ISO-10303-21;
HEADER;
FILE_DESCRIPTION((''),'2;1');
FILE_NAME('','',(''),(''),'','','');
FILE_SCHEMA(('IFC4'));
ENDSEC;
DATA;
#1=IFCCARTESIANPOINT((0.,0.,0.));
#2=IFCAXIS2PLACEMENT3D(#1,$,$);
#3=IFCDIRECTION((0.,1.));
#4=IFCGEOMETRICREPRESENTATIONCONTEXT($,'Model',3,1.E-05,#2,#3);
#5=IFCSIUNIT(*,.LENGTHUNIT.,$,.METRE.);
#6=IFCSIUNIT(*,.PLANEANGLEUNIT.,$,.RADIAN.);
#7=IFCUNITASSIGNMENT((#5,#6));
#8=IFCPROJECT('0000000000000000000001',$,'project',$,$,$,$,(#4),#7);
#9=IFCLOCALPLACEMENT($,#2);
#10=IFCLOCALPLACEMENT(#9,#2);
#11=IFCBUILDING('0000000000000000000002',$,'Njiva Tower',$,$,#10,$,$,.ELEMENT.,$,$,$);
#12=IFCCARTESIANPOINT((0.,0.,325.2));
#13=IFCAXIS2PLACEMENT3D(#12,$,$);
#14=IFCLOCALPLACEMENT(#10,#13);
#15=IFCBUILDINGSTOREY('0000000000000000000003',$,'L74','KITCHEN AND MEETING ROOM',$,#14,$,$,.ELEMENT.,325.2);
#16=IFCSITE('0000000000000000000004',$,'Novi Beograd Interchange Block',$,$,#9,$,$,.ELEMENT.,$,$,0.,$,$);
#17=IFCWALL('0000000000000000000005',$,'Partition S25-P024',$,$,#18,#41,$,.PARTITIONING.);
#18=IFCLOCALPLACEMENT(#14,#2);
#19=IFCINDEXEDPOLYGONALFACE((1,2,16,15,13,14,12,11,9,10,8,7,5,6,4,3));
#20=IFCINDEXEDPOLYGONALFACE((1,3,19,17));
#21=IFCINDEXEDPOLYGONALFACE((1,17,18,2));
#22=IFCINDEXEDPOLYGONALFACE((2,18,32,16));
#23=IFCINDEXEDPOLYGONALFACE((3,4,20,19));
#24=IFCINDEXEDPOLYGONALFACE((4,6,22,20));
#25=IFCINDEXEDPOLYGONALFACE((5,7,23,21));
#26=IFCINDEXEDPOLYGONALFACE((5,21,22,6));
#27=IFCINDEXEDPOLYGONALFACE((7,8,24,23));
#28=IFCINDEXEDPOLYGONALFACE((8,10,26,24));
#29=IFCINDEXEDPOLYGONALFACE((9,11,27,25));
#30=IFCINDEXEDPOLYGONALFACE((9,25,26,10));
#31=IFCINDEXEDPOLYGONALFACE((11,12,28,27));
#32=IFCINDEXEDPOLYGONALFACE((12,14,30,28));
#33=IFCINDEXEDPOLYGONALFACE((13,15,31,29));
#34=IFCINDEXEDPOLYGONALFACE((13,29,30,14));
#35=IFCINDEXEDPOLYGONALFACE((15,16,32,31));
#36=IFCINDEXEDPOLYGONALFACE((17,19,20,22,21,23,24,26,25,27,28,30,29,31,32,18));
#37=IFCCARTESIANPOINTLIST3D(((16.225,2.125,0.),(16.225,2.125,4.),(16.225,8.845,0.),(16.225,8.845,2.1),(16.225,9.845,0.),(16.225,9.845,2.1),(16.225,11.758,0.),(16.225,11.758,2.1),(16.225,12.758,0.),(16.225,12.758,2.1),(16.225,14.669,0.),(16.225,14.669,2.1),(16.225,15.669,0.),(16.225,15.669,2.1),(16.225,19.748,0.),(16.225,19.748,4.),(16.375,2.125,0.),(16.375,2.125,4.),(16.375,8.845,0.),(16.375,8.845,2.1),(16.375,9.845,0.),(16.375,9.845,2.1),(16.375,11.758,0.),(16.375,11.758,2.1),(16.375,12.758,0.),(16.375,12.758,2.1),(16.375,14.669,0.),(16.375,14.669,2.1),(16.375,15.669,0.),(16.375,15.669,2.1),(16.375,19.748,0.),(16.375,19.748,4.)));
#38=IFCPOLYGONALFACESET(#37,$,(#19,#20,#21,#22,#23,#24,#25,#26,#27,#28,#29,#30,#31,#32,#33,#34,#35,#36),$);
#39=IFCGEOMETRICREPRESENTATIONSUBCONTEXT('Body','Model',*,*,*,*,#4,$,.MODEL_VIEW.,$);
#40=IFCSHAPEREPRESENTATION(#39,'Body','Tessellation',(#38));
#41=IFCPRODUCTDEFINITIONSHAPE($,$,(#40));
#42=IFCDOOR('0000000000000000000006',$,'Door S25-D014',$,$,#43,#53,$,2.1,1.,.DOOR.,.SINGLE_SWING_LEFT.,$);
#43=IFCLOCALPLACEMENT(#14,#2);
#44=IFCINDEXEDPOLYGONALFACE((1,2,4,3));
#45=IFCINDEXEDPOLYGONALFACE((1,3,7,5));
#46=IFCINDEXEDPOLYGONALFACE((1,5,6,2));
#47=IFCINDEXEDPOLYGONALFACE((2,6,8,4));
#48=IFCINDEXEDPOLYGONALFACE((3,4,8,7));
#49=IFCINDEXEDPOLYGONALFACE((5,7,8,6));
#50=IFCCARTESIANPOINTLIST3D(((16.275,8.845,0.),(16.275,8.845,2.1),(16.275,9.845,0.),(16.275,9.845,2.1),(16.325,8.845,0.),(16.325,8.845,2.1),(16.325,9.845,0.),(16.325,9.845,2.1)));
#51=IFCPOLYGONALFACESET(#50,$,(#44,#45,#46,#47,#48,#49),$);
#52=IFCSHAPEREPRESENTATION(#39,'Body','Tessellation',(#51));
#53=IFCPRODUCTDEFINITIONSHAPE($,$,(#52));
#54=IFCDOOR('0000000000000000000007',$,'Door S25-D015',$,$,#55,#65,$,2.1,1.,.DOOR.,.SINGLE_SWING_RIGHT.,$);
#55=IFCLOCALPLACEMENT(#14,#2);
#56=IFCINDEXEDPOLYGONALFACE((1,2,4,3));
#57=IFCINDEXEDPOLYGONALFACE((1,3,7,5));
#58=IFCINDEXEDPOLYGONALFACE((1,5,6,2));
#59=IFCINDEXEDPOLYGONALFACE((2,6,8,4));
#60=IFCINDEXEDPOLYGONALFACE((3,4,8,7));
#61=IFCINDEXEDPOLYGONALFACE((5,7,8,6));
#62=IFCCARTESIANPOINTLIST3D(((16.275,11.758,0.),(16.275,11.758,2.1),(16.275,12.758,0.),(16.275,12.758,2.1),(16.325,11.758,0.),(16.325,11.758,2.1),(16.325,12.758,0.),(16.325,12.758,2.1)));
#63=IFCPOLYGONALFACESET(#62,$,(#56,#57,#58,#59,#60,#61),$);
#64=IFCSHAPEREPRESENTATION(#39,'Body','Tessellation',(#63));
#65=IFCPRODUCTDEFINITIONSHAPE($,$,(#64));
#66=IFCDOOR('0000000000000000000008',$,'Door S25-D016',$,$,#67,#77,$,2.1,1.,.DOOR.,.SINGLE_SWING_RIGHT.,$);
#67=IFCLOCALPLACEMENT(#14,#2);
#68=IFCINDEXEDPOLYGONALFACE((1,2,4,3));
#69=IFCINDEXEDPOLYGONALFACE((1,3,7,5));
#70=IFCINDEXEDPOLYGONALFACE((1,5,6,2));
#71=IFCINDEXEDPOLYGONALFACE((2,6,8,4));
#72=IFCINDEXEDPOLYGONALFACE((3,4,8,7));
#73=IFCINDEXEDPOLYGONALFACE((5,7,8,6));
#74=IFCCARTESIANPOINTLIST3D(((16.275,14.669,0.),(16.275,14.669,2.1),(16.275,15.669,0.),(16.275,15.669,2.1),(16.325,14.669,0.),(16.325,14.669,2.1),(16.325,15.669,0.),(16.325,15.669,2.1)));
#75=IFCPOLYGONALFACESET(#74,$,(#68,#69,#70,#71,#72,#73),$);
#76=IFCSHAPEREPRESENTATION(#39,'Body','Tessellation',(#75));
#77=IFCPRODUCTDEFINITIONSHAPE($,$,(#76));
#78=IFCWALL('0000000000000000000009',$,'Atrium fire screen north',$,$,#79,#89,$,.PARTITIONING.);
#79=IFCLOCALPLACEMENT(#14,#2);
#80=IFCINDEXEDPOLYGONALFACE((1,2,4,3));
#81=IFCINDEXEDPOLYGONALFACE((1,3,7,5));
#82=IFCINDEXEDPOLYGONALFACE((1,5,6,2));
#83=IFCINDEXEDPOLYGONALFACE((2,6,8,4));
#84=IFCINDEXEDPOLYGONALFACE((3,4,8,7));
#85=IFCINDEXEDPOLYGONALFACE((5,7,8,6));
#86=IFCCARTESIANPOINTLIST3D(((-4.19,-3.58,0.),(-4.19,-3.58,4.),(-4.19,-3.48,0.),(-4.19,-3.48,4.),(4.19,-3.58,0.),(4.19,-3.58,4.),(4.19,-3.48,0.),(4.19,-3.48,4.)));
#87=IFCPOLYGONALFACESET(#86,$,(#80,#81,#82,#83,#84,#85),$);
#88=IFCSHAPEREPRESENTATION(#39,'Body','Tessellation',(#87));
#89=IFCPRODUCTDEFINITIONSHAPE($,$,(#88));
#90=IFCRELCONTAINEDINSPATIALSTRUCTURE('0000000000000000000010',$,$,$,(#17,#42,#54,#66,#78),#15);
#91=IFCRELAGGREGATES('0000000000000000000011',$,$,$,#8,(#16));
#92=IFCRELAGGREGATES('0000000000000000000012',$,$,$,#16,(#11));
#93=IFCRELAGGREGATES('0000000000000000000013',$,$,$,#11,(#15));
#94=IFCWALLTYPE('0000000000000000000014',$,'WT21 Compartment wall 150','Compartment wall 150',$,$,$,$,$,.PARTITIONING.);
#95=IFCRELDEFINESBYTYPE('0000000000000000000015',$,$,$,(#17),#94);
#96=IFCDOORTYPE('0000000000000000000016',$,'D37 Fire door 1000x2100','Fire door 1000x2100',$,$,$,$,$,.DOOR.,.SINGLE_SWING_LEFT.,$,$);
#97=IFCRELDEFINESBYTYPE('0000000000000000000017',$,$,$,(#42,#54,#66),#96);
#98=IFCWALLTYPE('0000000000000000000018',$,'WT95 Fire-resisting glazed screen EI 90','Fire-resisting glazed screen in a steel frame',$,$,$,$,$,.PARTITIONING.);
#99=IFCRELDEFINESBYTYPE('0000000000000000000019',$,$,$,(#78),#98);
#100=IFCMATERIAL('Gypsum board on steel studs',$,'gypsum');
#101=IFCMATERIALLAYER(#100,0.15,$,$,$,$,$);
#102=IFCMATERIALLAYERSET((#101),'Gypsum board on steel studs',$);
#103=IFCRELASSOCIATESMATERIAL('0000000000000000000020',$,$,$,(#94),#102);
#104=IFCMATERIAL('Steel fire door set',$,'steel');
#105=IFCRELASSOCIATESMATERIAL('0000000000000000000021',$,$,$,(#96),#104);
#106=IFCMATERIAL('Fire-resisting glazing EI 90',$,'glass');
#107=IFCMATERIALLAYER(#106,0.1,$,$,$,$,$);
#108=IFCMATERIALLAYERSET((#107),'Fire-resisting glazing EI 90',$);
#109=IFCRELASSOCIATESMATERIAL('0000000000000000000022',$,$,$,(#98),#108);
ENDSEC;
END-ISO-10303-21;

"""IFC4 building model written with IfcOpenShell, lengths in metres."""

from ifc_helpers import new_model, si_unit, direction, frame, frame_2d, origin, place, context, subcontext, project, spatial, rectangle, extrude, material, layer, layer_set, type_object, element, fill, save


model = new_model("IFC4")

# Units and contexts
model_context = context("Model", 3, precision=1e-05, world=origin(), true_north=direction((0.0, 1.0)))
body_context = subcontext(model_context, "Body", "Model", "MODEL_VIEW")
ifc_project = project(units=[si_unit("LENGTHUNIT", "METRE"), si_unit("PLANEANGLEUNIT", "RADIAN")], contexts=[model_context])

# Site, building, storey
site_placement = place(None, origin())
site = spatial("IfcSite", under=ifc_project, at=site_placement, Name="Novi Beograd Interchange Block", CompositionType="ELEMENT", RefElevation=0.0)
building_placement = place(site_placement, origin())
building = spatial("IfcBuilding", under=site, at=building_placement, Name="Njiva Tower", CompositionType="ELEMENT")
storey_placement = place(building_placement, frame((0.0, 0.0, 325.2)))
storey = spatial("IfcBuildingStorey", under=building, at=storey_placement, Name="L74", Description="KITCHEN AND MEETING ROOM", CompositionType="ELEMENT", Elevation=325.2)

# Shared definitions
ifc_material_1 = material(Name="Gypsum board on steel studs", Category="gypsum")

# Shared definitions
ifc_layer_1 = layer(ifc_material_1, 0.15)
ifc_layer_set_1 = layer_set([ifc_layer_1], Name="Gypsum board on steel studs")
wall_type_1 = type_object("IfcWallType", Name="WT21 Compartment wall 150", Description="Compartment wall 150", PredefinedType="PARTITIONING", material=ifc_layer_set_1)
ifc_material_2 = material(Name="Steel fire door set", Category="steel")
door_type = type_object("IfcDoorType", Name="D37 Fire door 1000x2100", Description="Fire door 1000x2100", OperationType="SINGLE_SWING_LEFT", PredefinedType="DOOR", material=ifc_material_2)

# Wall, openings, doors
wall_1_placement = place(storey_placement, frame((16.3, 2.125, 0.0), z_axis=(0.0, 0.0, 1.0), x_axis=(0.0, 1.0, 0.0)))
wall_1 = element("IfcWall", 1, at=wall_1_placement, inside=storey, type_object=wall_type_1, Name="Partition S25-P024", PredefinedType="PARTITIONING", context=body_context, shape_type="SweptSolid", body=[
    extrude(rectangle(XDim=17.623, YDim=0.15, at=frame_2d((8.8115, 0.0))), origin(), (0.0, 0.0, 1.0), 4.0),
])
opening_1_placement = place(wall_1_placement, frame((6.72, 0.0, 0.0)))
opening_1 = element("IfcOpeningElement", 2, at=opening_1_placement, cuts=wall_1, PredefinedType="OPENING", context=body_context, shape_type="SweptSolid", body=[
    extrude(rectangle(XDim=1.0, YDim=2.1, at=frame_2d((0.5, 1.05))), frame((0.0, 0.085, 0.0), z_axis=(0.0, -1.0, 0.0), x_axis=(1.0, 0.0, 0.0)), (0.0, 0.0, 1.0), 0.17),
])
opening_2_placement = place(wall_1_placement, frame((9.633, 0.0, 0.0)))
opening_2 = element("IfcOpeningElement", 3, at=opening_2_placement, cuts=wall_1, PredefinedType="OPENING", context=body_context, shape_type="SweptSolid", body=[
    extrude(rectangle(XDim=1.0, YDim=2.1, at=frame_2d((0.5, 1.05))), frame((0.0, 0.085, 0.0), z_axis=(0.0, -1.0, 0.0), x_axis=(1.0, 0.0, 0.0)), (0.0, 0.0, 1.0), 0.17),
])
opening_3_placement = place(wall_1_placement, frame((12.544, 0.0, 0.0)))
opening_3 = element("IfcOpeningElement", 4, at=opening_3_placement, cuts=wall_1, PredefinedType="OPENING", context=body_context, shape_type="SweptSolid", body=[
    extrude(rectangle(XDim=1.0, YDim=2.1, at=frame_2d((0.5, 1.05))), frame((0.0, 0.085, 0.0), z_axis=(0.0, -1.0, 0.0), x_axis=(1.0, 0.0, 0.0)), (0.0, 0.0, 1.0), 0.17),
])
door_1_placement = place(opening_1_placement, origin())
door_1 = element("IfcDoor", 5, at=door_1_placement, inside=storey, type_object=door_type, Name="Door S25-D014", OperationType="SINGLE_SWING_LEFT", OverallHeight=2.1, OverallWidth=1.0, PredefinedType="DOOR", context=body_context, shape_type="SweptSolid", body=[
    extrude(rectangle(XDim=1.0, YDim=2.1, at=frame_2d((0.5, 1.05))), frame((0.0, 0.025, 0.0), z_axis=(0.0, -1.0, 0.0), x_axis=(1.0, 0.0, 0.0)), (0.0, 0.0, 1.0), 0.05),
])
fill(opening_1, door_1)
door_2_placement = place(opening_2_placement, origin())
door_2 = element("IfcDoor", 6, at=door_2_placement, inside=storey, type_object=door_type, Name="Door S25-D015", OperationType="SINGLE_SWING_RIGHT", OverallHeight=2.1, OverallWidth=1.0, PredefinedType="DOOR", context=body_context, shape_type="SweptSolid", body=[
    extrude(rectangle(XDim=1.0, YDim=2.1, at=frame_2d((0.5, 1.05))), frame((0.0, 0.025, 0.0), z_axis=(0.0, -1.0, 0.0), x_axis=(1.0, 0.0, 0.0)), (0.0, 0.0, 1.0), 0.05),
])
fill(opening_2, door_2)
door_3_placement = place(opening_3_placement, origin())
door_3 = element("IfcDoor", 7, at=door_3_placement, inside=storey, type_object=door_type, Name="Door S25-D016", OperationType="SINGLE_SWING_RIGHT", OverallHeight=2.1, OverallWidth=1.0, PredefinedType="DOOR", context=body_context, shape_type="SweptSolid", body=[
    extrude(rectangle(XDim=1.0, YDim=2.1, at=frame_2d((0.5, 1.05))), frame((0.0, 0.025, 0.0), z_axis=(0.0, -1.0, 0.0), x_axis=(1.0, 0.0, 0.0)), (0.0, 0.0, 1.0), 0.05),
])
fill(opening_3, door_3)

# Wall
ifc_material_3 = material(Name="Fire-resisting glazing EI 90", Category="glass")
ifc_layer_2 = layer(ifc_material_3, 0.1)
ifc_layer_set_2 = layer_set([ifc_layer_2], Name="Fire-resisting glazing EI 90")
wall_type_2 = type_object("IfcWallType", Name="WT95 Fire-resisting glazed screen EI 90", Description="Fire-resisting glazed screen in a steel frame", PredefinedType="PARTITIONING", material=ifc_layer_set_2)
wall_2_placement = place(storey_placement, frame((4.19, -3.53, 0.0), z_axis=(0.0, 0.0, 1.0), x_axis=(-1.0, 0.0, 0.0)))
element("IfcWall", 8, at=wall_2_placement, inside=storey, type_object=wall_type_2, Name="Atrium fire screen north", PredefinedType="PARTITIONING", context=body_context, shape_type="SweptSolid", body=[
    extrude(rectangle(XDim=8.38, YDim=0.1, at=frame_2d((4.19, 0.0))), origin(), (0.0, 0.0, 1.0), 4.0),
])

save(model, "model.ifc")
